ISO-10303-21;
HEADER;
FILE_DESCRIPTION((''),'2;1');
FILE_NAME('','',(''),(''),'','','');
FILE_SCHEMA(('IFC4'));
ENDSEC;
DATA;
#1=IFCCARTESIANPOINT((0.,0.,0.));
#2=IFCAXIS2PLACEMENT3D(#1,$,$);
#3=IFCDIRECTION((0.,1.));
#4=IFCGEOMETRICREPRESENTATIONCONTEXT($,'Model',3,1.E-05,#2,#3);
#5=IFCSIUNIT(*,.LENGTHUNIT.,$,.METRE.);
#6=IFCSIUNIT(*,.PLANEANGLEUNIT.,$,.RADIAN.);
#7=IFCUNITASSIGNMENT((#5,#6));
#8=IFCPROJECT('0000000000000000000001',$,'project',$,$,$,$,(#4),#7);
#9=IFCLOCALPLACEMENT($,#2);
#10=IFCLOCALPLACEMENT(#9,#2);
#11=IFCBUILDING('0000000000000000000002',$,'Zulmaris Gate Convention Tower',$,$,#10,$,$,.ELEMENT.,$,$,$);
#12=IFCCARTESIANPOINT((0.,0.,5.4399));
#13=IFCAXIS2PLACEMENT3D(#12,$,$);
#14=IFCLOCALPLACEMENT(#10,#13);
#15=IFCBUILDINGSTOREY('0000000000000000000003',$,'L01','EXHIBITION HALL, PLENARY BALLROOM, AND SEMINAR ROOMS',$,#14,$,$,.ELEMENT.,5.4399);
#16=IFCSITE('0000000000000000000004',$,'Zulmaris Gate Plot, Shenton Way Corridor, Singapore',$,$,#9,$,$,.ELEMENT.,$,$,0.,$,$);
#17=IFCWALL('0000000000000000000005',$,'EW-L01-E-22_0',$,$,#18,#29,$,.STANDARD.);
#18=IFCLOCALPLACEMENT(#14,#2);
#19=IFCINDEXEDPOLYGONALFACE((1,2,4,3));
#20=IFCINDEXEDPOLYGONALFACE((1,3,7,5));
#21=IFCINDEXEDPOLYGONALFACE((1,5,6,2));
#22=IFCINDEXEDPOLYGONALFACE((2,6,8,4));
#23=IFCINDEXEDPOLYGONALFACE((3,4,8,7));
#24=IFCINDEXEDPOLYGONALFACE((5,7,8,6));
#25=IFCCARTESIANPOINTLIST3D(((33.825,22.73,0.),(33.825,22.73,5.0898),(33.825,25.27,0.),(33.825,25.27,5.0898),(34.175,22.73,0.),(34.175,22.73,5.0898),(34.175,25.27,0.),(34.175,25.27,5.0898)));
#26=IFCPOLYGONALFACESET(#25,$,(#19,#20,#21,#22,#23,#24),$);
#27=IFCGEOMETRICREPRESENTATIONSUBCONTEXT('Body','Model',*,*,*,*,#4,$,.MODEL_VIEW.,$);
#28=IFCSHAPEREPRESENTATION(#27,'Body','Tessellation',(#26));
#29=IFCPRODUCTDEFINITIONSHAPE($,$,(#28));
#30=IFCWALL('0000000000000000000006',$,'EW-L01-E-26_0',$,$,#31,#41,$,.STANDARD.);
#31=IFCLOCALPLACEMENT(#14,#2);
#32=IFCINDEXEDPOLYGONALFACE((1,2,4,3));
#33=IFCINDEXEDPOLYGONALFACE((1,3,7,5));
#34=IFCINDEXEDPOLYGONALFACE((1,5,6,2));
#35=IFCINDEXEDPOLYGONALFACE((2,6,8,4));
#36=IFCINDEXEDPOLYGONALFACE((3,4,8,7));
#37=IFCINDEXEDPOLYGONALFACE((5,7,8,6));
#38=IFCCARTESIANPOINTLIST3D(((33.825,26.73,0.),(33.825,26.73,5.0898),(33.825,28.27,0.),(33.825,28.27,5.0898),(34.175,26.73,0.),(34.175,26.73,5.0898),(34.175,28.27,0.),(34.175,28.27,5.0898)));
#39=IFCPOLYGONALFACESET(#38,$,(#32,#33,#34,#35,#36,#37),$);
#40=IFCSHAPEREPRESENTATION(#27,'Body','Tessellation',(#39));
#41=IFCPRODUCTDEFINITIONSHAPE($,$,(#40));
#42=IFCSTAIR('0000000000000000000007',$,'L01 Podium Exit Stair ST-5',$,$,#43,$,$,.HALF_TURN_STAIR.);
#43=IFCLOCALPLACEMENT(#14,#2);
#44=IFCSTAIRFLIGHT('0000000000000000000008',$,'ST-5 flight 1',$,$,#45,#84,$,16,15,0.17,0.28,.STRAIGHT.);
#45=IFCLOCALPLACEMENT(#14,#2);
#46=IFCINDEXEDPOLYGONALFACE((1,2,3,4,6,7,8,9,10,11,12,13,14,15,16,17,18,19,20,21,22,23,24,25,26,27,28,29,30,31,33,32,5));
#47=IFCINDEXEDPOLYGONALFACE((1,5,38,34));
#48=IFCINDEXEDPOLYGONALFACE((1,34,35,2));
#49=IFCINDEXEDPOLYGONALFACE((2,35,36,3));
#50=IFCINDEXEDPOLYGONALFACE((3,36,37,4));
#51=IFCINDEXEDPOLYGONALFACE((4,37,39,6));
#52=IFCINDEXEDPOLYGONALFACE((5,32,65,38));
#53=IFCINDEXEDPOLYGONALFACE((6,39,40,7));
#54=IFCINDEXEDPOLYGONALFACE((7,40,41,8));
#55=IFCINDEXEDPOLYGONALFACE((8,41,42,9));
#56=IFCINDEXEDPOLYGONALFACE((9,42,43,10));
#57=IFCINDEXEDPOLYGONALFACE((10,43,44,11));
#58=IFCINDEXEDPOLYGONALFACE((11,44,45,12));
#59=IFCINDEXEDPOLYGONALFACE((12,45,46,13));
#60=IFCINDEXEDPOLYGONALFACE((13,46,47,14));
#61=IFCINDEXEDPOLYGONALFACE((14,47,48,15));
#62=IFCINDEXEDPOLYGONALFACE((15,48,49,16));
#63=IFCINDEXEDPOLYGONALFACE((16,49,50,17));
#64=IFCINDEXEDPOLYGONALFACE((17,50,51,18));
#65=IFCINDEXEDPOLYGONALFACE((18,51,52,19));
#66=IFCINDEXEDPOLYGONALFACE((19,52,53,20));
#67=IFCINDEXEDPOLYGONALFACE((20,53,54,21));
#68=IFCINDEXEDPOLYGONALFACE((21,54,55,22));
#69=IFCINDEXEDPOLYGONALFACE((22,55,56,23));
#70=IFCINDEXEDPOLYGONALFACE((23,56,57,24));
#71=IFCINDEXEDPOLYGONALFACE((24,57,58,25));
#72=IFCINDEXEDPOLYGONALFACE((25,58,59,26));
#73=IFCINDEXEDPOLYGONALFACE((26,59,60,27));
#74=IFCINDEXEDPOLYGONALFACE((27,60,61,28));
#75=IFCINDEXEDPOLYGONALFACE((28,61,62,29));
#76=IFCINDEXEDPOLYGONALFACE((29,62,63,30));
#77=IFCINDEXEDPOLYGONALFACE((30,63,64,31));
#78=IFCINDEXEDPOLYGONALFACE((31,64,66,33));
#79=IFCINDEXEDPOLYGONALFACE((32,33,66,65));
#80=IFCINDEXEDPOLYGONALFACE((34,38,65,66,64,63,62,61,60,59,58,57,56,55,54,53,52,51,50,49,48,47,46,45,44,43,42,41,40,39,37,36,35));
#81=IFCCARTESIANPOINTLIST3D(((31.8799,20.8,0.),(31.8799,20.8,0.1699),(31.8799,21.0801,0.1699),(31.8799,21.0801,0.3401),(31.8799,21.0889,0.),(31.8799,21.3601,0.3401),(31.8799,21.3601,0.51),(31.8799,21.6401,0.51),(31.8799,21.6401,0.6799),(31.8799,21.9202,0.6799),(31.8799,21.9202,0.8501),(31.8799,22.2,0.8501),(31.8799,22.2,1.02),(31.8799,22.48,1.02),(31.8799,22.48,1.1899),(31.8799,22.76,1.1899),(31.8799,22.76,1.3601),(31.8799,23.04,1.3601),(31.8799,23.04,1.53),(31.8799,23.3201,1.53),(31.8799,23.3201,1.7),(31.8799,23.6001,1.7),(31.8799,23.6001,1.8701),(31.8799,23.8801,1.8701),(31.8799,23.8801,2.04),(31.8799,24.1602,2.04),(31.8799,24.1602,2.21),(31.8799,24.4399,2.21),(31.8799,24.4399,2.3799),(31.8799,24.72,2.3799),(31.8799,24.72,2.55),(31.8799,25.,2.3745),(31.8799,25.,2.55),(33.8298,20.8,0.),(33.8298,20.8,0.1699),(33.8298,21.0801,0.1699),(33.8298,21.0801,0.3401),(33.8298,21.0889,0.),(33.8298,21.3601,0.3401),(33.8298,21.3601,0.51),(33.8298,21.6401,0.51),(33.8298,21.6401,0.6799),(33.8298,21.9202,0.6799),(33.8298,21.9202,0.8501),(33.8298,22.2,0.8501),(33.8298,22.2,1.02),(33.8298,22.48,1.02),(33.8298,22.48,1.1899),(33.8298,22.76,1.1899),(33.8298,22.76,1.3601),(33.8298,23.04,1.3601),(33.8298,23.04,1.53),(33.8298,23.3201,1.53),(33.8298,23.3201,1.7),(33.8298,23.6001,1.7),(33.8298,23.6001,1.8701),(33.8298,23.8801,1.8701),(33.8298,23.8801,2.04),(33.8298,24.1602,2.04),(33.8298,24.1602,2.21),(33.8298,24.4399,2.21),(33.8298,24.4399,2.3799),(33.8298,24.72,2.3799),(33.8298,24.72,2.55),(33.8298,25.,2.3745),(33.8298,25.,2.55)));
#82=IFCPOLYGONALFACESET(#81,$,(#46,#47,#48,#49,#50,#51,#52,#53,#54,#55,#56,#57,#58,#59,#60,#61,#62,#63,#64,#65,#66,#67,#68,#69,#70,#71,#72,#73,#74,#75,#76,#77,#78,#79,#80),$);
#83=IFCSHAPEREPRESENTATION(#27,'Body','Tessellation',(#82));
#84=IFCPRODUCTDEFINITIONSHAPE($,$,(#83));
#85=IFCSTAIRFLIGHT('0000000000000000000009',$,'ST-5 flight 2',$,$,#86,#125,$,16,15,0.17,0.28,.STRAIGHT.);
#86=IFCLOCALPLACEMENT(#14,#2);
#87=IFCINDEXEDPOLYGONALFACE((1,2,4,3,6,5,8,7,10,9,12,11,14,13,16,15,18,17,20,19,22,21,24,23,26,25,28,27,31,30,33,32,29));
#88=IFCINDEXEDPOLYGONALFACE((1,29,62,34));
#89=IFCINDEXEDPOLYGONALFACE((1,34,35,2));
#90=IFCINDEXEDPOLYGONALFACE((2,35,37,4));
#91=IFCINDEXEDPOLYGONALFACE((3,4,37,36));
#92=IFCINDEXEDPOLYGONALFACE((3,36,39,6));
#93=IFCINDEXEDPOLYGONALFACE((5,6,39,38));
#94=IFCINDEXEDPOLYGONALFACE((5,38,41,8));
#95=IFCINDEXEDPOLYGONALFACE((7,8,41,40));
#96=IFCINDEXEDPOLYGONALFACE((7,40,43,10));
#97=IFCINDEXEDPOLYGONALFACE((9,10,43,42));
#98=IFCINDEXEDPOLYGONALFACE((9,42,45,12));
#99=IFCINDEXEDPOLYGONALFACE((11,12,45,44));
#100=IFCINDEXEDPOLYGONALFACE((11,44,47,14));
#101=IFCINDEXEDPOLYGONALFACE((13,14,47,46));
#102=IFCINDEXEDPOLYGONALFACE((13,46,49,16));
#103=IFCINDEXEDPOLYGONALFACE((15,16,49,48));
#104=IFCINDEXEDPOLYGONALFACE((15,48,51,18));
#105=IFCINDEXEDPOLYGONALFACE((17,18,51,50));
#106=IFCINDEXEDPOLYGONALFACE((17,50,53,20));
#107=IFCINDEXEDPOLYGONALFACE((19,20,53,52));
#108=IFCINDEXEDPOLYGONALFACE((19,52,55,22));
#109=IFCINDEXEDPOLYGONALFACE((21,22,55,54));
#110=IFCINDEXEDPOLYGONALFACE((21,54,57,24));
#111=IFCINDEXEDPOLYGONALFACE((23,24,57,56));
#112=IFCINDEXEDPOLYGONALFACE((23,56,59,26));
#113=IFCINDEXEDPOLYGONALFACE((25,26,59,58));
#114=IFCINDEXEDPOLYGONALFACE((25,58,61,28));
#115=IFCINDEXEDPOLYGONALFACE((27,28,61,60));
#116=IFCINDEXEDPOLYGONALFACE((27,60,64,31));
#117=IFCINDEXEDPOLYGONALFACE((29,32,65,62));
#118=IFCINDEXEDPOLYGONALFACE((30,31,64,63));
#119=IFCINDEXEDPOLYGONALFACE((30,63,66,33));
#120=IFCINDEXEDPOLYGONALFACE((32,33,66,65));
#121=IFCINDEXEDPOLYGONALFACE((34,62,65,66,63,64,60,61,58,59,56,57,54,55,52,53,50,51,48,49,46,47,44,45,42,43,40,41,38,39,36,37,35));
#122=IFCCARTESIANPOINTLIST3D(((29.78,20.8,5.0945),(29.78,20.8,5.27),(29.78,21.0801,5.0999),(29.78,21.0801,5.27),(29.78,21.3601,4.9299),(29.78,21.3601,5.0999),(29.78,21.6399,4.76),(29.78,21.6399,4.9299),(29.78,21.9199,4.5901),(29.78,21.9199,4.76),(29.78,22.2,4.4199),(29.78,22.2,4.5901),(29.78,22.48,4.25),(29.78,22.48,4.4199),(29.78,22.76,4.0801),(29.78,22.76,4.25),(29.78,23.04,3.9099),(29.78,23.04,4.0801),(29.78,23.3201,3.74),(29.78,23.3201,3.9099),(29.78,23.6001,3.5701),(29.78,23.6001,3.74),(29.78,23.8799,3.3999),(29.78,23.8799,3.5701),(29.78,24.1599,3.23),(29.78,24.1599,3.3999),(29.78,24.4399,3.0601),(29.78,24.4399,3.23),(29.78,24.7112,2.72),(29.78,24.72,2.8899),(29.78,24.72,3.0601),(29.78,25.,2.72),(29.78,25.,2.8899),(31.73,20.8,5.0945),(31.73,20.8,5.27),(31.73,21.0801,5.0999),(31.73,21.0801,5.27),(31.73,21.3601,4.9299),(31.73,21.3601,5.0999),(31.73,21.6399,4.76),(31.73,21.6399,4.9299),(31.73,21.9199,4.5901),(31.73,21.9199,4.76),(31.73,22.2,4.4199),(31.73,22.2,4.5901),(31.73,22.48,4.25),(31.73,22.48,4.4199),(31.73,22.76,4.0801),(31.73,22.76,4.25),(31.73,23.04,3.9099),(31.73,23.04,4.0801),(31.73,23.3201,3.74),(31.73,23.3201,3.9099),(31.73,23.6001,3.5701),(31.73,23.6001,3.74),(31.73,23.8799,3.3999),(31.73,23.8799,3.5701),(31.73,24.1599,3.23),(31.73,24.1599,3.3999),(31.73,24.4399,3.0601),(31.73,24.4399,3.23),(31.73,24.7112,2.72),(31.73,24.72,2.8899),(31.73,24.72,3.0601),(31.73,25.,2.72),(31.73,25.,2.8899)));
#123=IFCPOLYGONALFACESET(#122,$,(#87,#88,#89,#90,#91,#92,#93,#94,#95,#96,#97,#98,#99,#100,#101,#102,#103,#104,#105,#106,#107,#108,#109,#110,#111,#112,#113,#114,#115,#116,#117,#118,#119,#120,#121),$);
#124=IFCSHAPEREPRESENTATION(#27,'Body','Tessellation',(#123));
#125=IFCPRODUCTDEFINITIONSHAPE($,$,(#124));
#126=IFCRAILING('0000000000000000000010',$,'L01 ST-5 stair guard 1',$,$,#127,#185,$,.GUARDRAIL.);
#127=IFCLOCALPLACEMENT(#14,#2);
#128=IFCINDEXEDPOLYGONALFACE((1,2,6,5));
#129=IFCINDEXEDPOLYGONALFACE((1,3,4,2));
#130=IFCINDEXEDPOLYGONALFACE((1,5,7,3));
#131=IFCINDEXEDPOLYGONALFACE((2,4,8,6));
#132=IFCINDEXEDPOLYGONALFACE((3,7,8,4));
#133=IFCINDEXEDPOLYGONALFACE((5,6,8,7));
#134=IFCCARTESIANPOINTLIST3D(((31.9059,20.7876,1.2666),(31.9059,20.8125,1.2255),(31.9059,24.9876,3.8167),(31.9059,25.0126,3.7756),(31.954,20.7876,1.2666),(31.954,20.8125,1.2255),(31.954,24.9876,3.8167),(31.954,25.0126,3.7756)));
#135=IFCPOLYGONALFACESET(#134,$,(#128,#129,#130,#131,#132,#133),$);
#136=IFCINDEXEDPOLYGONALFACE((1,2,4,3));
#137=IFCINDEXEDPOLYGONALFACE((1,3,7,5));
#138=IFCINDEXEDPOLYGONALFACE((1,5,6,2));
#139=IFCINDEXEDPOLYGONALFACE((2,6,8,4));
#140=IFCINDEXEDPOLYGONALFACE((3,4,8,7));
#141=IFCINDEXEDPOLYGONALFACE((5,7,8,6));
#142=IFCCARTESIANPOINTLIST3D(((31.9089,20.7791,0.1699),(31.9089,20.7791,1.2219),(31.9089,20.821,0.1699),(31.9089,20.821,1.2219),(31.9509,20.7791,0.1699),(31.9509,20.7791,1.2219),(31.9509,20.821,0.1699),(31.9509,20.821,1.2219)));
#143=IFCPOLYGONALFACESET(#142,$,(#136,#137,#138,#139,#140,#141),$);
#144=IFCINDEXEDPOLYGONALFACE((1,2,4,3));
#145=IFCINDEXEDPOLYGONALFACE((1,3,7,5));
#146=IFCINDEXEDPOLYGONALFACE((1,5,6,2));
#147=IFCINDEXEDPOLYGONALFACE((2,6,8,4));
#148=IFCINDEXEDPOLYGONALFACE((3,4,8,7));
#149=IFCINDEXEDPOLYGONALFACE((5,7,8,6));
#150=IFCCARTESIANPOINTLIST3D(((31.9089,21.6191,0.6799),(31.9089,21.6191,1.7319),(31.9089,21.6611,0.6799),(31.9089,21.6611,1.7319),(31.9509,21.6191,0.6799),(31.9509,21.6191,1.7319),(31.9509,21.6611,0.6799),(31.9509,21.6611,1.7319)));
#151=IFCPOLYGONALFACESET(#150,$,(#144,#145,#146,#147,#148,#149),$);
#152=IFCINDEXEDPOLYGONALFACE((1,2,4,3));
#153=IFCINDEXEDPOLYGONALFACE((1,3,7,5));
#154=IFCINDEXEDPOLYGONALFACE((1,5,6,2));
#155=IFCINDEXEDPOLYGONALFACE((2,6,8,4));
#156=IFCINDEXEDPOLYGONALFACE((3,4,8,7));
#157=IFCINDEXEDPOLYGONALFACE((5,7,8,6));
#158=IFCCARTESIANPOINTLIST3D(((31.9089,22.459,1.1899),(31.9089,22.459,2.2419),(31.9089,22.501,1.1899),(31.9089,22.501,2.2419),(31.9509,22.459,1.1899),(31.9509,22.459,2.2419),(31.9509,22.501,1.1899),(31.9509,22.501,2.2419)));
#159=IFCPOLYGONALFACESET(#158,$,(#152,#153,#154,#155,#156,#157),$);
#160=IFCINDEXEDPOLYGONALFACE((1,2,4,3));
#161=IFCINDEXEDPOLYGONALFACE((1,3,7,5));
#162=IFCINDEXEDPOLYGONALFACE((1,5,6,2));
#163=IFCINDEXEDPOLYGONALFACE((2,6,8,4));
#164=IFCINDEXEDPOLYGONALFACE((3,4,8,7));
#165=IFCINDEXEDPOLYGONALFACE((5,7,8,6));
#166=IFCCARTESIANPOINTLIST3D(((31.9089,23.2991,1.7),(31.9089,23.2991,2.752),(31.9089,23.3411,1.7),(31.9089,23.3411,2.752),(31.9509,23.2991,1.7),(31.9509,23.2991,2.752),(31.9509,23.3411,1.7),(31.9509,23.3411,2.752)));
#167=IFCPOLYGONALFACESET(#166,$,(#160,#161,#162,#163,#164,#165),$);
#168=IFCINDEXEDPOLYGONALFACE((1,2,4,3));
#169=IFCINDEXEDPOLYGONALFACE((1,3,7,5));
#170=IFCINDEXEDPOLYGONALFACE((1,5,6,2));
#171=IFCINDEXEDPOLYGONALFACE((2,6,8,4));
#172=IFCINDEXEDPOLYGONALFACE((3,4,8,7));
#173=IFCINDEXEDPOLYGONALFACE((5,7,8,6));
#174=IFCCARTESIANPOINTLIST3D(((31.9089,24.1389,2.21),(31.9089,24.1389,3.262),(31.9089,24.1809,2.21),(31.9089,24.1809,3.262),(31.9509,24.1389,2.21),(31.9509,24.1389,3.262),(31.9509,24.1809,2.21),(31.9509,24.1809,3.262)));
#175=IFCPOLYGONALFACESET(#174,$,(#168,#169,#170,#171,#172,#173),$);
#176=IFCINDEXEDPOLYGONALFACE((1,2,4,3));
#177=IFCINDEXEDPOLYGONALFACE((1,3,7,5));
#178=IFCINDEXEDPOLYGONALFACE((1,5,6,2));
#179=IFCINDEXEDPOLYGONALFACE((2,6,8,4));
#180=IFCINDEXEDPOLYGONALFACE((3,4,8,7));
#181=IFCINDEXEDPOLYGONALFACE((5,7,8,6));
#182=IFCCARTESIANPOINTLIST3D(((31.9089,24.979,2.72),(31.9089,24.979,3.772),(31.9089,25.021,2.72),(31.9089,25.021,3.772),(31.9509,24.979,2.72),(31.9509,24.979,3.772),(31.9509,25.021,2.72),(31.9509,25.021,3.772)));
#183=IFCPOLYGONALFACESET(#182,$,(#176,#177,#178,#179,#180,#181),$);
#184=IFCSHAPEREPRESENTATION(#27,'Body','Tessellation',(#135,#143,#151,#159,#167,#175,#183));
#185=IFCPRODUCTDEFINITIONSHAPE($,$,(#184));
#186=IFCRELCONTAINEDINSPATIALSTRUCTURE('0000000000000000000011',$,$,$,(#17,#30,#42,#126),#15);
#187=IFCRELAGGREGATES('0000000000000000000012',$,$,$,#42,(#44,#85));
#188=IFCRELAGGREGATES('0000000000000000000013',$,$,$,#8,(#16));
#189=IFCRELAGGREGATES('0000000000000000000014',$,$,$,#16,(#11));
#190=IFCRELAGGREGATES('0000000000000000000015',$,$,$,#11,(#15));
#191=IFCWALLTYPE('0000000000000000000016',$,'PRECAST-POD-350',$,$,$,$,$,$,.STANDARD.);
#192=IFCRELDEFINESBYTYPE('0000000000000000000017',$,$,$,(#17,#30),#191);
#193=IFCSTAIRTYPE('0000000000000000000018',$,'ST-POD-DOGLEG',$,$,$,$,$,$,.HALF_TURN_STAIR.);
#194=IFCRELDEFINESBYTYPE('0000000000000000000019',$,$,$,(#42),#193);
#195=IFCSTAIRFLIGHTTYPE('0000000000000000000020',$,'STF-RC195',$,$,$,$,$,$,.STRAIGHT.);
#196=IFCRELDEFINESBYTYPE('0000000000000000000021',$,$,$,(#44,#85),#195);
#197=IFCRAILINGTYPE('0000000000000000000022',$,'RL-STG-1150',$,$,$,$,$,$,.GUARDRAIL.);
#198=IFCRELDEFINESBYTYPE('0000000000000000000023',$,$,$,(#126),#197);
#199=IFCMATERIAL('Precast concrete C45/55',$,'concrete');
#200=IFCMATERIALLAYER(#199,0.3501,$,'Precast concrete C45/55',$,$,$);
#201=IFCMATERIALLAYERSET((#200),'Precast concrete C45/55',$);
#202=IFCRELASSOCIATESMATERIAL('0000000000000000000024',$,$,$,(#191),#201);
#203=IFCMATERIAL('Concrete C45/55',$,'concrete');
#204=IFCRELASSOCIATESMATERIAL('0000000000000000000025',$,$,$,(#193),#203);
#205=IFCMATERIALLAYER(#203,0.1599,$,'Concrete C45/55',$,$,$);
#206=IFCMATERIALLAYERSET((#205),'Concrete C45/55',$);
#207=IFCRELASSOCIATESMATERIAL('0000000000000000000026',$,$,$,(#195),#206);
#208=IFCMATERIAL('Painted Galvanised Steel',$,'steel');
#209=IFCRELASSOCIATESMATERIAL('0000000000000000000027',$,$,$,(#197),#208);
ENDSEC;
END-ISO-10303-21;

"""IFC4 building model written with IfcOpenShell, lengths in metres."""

from ifc_helpers import new_model, si_unit, direction, frame, frame_2d, origin, origin_2d, place, context, subcontext, project, spatial, polyline, rectangle, outline, extrude, material, layer, layer_set, type_object, element, aggregate, save


model = new_model("IFC4")

# Units and contexts
model_context = context("Model", 3, precision=1e-05, world=origin(), true_north=direction((0.0, 1.0)))
body_context = subcontext(model_context, "Body", "Model", "MODEL_VIEW")
ifc_project = project(units=[si_unit("LENGTHUNIT", "METRE"), si_unit("PLANEANGLEUNIT", "RADIAN")], contexts=[model_context])

# Site, building, storey
site_placement = place(None, origin())
site = spatial("IfcSite", under=ifc_project, at=site_placement, Name="Zulmaris Gate Plot, Shenton Way Corridor, Singapore", CompositionType="ELEMENT", RefElevation=0.0)
building_placement = place(site_placement, origin())
building = spatial("IfcBuilding", under=site, at=building_placement, Name="Zulmaris Gate Convention Tower", CompositionType="ELEMENT")
storey_placement = place(building_placement, frame((0.0, 0.0, 5.4399)))
storey = spatial("IfcBuildingStorey", under=building, at=storey_placement, Name="L01", Description="EXHIBITION HALL, PLENARY BALLROOM, AND SEMINAR ROOMS", CompositionType="ELEMENT", Elevation=5.4399)

# Walls
ifc_material_1 = material(Name="Precast concrete C45/55", Category="concrete")
ifc_layer_1 = layer(ifc_material_1, 0.3501, Name="Precast concrete C45/55")
ifc_layer_set_1 = layer_set([ifc_layer_1], Name="Precast concrete C45/55")
wall_type_1 = type_object("IfcWallType", Name="PRECAST-POD-350", PredefinedType="STANDARD", material=ifc_layer_set_1)
wall_1_placement = place(storey_placement, frame((34.0, 25.27, 0.0), z_axis=(0.0, 0.0, 1.0), x_axis=(0.0, -1.0, 0.0)))
element("IfcWall", 1, at=wall_1_placement, inside=storey, type_object=wall_type_1, Name="EW-L01-E-22_0", PredefinedType="STANDARD", context=body_context, shape_type="SweptSolid", body=[
    extrude(rectangle(XDim=2.54, YDim=0.3501, at=frame_2d((1.27, 0.0))), origin(), (0.0, 0.0, 1.0), 5.0898),
])
wall_2_placement = place(storey_placement, frame((34.0, 28.27, 0.0), z_axis=(0.0, 0.0, 1.0), x_axis=(0.0, -1.0, 0.0)))
element("IfcWall", 2, at=wall_2_placement, inside=storey, type_object=wall_type_1, Name="EW-L01-E-26_0", PredefinedType="STANDARD", context=body_context, shape_type="SweptSolid", body=[
    extrude(rectangle(XDim=1.54, YDim=0.3501, at=frame_2d((0.77, 0.0))), origin(), (0.0, 0.0, 1.0), 5.0898),
])

# Stair, stair flights
ifc_material_2 = material(Name="Concrete C45/55", Category="concrete")
stair_type = type_object("IfcStairType", Name="ST-POD-DOGLEG", PredefinedType="HALF_TURN_STAIR", material=ifc_material_2)
stair_placement = place(storey_placement, origin())
stair = element("IfcStair", 3, at=stair_placement, inside=storey, type_object=stair_type, Name="L01 Podium Exit Stair ST-5", PredefinedType="HALF_TURN_STAIR")
ifc_layer_2 = layer(ifc_material_2, 0.1599, Name="Concrete C45/55")
ifc_layer_set_2 = layer_set([ifc_layer_2], Name="Concrete C45/55")
stair_flight_type = type_object("IfcStairFlightType", Name="STF-RC195", PredefinedType="STRAIGHT", material=ifc_layer_set_2)
stair_flight_1_placement = place(storey_placement, frame((32.855, 20.8, 0.0), z_axis=(0.0, 0.0, 1.0), x_axis=(0.0, 1.0, 0.0)))
stair_flight_1 = element("IfcStairFlight", 4, at=stair_flight_1_placement, type_object=stair_flight_type, Name="ST-5 flight 1", NumberOfRisers=16, NumberOfTreads=15, PredefinedType="STRAIGHT", RiserHeight=0.17, TreadLength=0.28, context=body_context, shape_type="SweptSolid", body=[
    extrude(outline(polyline([(0.0, 0.0), (0.0, 0.1699), (0.28, 0.1699), (0.28, 0.3401), (0.5601, 0.3401), (0.5601, 0.51), (0.8401, 0.51), (0.8401, 0.6799), (1.1201, 0.6799), (1.1201, 0.8501), (1.3999, 0.8501), (1.3999, 1.02), (1.6799, 1.02), (1.6799, 1.1899), (1.96, 1.1899), (1.96, 1.3601), (2.24, 1.3601), (2.24, 1.53), (2.52, 1.53), (2.52, 1.7), (2.8, 1.7), (2.8, 1.8701), (3.0801, 1.8701), (3.0801, 2.04), (3.3601, 2.04), (3.3601, 2.21), (3.6399, 2.21), (3.6399, 2.3799), (3.9199, 2.3799), (3.9199, 2.55), (4.2, 2.55), (4.2, 2.72), (4.2, 2.3745), (0.2888, 0.0), (0.0, 0.0)])), frame((0.0, 0.9751, 0.0), z_axis=(0.0, -1.0, 0.0), x_axis=(1.0, 0.0, 0.0)), (0.0, 0.0, 1.0), 1.95),
])
stair_flight_2_placement = place(storey_placement, frame((30.7549, 25.0, 2.72), z_axis=(0.0, 0.0, 1.0), x_axis=(0.0, -1.0, 0.0)))
stair_flight_2 = element("IfcStairFlight", 5, at=stair_flight_2_placement, type_object=stair_flight_type, Name="ST-5 flight 2", NumberOfRisers=16, NumberOfTreads=15, PredefinedType="STRAIGHT", RiserHeight=0.17, TreadLength=0.28, context=body_context, shape_type="SweptSolid", body=[
    extrude(outline(polyline([(0.0, 0.0), (0.0, 0.1699), (0.28, 0.1699), (0.28, 0.3401), (0.5601, 0.3401), (0.5601, 0.51), (0.8401, 0.51), (0.8401, 0.6799), (1.1201, 0.6799), (1.1201, 0.8501), (1.3999, 0.8501), (1.3999, 1.02), (1.6799, 1.02), (1.6799, 1.1899), (1.96, 1.1899), (1.96, 1.3601), (2.24, 1.3601), (2.24, 1.53), (2.52, 1.53), (2.52, 1.7), (2.8, 1.7), (2.8, 1.8701), (3.0801, 1.8701), (3.0801, 2.04), (3.3601, 2.04), (3.3601, 2.21), (3.6399, 2.21), (3.6399, 2.3799), (3.9199, 2.3799), (3.9199, 2.55), (4.2, 2.55), (4.2, 2.72), (4.2, 2.3745), (0.2888, 0.0), (0.0, 0.0)])), frame((0.0, 0.9751, 0.0), z_axis=(0.0, -1.0, 0.0), x_axis=(1.0, 0.0, 0.0)), (0.0, 0.0, 1.0), 1.95),
])
aggregate(stair, [stair_flight_1, stair_flight_2])

# Railing
ifc_material_3 = material(Name="Painted Galvanised Steel", Category="steel")
railing_type_1 = type_object("IfcRailingType", Name="RL-STG-1150", PredefinedType="GUARDRAIL", material=ifc_material_3)
railing_1_placement = place(storey_placement, frame((31.9299, 20.8, 0.1699)))
element("IfcRailing", 6, at=railing_1_placement, inside=storey, type_object=railing_type_1, Name="L01 ST-5 stair guard 1", PredefinedType="GUARDRAIL", context=body_context, shape_type="SweptSolid", body=[
    extrude(rectangle(XDim=0.0481, YDim=0.0481, at=origin_2d()), frame((0.0, 0.0, 1.0762), z_axis=(0.0, 0.85478, 0.51899), x_axis=(-1.0, 0.0, 0.0)), (0.0, 0.0, 1.0), 4.9136),
    extrude(rectangle(XDim=0.042, YDim=0.042, at=origin_2d()), origin(), (0.0, 0.0, 1.0), 1.052),
    extrude(rectangle(XDim=0.042, YDim=0.042, at=origin_2d()), frame((0.0, 0.8401, 0.51)), (0.0, 0.0, 1.0), 1.052),
    extrude(rectangle(XDim=0.042, YDim=0.042, at=origin_2d()), frame((0.0, 1.6799, 1.02)), (0.0, 0.0, 1.0), 1.052),
    extrude(rectangle(XDim=0.042, YDim=0.042, at=origin_2d()), frame((0.0, 2.52, 1.53)), (0.0, 0.0, 1.0), 1.052),
    extrude(rectangle(XDim=0.042, YDim=0.042, at=origin_2d()), frame((0.0, 3.3599, 2.04)), (0.0, 0.0, 1.0), 1.052),
    extrude(rectangle(XDim=0.042, YDim=0.042, at=origin_2d()), frame((0.0, 4.2, 2.55)), (0.0, 0.0, 1.0), 1.052),
])

save(model, "model.ifc")
